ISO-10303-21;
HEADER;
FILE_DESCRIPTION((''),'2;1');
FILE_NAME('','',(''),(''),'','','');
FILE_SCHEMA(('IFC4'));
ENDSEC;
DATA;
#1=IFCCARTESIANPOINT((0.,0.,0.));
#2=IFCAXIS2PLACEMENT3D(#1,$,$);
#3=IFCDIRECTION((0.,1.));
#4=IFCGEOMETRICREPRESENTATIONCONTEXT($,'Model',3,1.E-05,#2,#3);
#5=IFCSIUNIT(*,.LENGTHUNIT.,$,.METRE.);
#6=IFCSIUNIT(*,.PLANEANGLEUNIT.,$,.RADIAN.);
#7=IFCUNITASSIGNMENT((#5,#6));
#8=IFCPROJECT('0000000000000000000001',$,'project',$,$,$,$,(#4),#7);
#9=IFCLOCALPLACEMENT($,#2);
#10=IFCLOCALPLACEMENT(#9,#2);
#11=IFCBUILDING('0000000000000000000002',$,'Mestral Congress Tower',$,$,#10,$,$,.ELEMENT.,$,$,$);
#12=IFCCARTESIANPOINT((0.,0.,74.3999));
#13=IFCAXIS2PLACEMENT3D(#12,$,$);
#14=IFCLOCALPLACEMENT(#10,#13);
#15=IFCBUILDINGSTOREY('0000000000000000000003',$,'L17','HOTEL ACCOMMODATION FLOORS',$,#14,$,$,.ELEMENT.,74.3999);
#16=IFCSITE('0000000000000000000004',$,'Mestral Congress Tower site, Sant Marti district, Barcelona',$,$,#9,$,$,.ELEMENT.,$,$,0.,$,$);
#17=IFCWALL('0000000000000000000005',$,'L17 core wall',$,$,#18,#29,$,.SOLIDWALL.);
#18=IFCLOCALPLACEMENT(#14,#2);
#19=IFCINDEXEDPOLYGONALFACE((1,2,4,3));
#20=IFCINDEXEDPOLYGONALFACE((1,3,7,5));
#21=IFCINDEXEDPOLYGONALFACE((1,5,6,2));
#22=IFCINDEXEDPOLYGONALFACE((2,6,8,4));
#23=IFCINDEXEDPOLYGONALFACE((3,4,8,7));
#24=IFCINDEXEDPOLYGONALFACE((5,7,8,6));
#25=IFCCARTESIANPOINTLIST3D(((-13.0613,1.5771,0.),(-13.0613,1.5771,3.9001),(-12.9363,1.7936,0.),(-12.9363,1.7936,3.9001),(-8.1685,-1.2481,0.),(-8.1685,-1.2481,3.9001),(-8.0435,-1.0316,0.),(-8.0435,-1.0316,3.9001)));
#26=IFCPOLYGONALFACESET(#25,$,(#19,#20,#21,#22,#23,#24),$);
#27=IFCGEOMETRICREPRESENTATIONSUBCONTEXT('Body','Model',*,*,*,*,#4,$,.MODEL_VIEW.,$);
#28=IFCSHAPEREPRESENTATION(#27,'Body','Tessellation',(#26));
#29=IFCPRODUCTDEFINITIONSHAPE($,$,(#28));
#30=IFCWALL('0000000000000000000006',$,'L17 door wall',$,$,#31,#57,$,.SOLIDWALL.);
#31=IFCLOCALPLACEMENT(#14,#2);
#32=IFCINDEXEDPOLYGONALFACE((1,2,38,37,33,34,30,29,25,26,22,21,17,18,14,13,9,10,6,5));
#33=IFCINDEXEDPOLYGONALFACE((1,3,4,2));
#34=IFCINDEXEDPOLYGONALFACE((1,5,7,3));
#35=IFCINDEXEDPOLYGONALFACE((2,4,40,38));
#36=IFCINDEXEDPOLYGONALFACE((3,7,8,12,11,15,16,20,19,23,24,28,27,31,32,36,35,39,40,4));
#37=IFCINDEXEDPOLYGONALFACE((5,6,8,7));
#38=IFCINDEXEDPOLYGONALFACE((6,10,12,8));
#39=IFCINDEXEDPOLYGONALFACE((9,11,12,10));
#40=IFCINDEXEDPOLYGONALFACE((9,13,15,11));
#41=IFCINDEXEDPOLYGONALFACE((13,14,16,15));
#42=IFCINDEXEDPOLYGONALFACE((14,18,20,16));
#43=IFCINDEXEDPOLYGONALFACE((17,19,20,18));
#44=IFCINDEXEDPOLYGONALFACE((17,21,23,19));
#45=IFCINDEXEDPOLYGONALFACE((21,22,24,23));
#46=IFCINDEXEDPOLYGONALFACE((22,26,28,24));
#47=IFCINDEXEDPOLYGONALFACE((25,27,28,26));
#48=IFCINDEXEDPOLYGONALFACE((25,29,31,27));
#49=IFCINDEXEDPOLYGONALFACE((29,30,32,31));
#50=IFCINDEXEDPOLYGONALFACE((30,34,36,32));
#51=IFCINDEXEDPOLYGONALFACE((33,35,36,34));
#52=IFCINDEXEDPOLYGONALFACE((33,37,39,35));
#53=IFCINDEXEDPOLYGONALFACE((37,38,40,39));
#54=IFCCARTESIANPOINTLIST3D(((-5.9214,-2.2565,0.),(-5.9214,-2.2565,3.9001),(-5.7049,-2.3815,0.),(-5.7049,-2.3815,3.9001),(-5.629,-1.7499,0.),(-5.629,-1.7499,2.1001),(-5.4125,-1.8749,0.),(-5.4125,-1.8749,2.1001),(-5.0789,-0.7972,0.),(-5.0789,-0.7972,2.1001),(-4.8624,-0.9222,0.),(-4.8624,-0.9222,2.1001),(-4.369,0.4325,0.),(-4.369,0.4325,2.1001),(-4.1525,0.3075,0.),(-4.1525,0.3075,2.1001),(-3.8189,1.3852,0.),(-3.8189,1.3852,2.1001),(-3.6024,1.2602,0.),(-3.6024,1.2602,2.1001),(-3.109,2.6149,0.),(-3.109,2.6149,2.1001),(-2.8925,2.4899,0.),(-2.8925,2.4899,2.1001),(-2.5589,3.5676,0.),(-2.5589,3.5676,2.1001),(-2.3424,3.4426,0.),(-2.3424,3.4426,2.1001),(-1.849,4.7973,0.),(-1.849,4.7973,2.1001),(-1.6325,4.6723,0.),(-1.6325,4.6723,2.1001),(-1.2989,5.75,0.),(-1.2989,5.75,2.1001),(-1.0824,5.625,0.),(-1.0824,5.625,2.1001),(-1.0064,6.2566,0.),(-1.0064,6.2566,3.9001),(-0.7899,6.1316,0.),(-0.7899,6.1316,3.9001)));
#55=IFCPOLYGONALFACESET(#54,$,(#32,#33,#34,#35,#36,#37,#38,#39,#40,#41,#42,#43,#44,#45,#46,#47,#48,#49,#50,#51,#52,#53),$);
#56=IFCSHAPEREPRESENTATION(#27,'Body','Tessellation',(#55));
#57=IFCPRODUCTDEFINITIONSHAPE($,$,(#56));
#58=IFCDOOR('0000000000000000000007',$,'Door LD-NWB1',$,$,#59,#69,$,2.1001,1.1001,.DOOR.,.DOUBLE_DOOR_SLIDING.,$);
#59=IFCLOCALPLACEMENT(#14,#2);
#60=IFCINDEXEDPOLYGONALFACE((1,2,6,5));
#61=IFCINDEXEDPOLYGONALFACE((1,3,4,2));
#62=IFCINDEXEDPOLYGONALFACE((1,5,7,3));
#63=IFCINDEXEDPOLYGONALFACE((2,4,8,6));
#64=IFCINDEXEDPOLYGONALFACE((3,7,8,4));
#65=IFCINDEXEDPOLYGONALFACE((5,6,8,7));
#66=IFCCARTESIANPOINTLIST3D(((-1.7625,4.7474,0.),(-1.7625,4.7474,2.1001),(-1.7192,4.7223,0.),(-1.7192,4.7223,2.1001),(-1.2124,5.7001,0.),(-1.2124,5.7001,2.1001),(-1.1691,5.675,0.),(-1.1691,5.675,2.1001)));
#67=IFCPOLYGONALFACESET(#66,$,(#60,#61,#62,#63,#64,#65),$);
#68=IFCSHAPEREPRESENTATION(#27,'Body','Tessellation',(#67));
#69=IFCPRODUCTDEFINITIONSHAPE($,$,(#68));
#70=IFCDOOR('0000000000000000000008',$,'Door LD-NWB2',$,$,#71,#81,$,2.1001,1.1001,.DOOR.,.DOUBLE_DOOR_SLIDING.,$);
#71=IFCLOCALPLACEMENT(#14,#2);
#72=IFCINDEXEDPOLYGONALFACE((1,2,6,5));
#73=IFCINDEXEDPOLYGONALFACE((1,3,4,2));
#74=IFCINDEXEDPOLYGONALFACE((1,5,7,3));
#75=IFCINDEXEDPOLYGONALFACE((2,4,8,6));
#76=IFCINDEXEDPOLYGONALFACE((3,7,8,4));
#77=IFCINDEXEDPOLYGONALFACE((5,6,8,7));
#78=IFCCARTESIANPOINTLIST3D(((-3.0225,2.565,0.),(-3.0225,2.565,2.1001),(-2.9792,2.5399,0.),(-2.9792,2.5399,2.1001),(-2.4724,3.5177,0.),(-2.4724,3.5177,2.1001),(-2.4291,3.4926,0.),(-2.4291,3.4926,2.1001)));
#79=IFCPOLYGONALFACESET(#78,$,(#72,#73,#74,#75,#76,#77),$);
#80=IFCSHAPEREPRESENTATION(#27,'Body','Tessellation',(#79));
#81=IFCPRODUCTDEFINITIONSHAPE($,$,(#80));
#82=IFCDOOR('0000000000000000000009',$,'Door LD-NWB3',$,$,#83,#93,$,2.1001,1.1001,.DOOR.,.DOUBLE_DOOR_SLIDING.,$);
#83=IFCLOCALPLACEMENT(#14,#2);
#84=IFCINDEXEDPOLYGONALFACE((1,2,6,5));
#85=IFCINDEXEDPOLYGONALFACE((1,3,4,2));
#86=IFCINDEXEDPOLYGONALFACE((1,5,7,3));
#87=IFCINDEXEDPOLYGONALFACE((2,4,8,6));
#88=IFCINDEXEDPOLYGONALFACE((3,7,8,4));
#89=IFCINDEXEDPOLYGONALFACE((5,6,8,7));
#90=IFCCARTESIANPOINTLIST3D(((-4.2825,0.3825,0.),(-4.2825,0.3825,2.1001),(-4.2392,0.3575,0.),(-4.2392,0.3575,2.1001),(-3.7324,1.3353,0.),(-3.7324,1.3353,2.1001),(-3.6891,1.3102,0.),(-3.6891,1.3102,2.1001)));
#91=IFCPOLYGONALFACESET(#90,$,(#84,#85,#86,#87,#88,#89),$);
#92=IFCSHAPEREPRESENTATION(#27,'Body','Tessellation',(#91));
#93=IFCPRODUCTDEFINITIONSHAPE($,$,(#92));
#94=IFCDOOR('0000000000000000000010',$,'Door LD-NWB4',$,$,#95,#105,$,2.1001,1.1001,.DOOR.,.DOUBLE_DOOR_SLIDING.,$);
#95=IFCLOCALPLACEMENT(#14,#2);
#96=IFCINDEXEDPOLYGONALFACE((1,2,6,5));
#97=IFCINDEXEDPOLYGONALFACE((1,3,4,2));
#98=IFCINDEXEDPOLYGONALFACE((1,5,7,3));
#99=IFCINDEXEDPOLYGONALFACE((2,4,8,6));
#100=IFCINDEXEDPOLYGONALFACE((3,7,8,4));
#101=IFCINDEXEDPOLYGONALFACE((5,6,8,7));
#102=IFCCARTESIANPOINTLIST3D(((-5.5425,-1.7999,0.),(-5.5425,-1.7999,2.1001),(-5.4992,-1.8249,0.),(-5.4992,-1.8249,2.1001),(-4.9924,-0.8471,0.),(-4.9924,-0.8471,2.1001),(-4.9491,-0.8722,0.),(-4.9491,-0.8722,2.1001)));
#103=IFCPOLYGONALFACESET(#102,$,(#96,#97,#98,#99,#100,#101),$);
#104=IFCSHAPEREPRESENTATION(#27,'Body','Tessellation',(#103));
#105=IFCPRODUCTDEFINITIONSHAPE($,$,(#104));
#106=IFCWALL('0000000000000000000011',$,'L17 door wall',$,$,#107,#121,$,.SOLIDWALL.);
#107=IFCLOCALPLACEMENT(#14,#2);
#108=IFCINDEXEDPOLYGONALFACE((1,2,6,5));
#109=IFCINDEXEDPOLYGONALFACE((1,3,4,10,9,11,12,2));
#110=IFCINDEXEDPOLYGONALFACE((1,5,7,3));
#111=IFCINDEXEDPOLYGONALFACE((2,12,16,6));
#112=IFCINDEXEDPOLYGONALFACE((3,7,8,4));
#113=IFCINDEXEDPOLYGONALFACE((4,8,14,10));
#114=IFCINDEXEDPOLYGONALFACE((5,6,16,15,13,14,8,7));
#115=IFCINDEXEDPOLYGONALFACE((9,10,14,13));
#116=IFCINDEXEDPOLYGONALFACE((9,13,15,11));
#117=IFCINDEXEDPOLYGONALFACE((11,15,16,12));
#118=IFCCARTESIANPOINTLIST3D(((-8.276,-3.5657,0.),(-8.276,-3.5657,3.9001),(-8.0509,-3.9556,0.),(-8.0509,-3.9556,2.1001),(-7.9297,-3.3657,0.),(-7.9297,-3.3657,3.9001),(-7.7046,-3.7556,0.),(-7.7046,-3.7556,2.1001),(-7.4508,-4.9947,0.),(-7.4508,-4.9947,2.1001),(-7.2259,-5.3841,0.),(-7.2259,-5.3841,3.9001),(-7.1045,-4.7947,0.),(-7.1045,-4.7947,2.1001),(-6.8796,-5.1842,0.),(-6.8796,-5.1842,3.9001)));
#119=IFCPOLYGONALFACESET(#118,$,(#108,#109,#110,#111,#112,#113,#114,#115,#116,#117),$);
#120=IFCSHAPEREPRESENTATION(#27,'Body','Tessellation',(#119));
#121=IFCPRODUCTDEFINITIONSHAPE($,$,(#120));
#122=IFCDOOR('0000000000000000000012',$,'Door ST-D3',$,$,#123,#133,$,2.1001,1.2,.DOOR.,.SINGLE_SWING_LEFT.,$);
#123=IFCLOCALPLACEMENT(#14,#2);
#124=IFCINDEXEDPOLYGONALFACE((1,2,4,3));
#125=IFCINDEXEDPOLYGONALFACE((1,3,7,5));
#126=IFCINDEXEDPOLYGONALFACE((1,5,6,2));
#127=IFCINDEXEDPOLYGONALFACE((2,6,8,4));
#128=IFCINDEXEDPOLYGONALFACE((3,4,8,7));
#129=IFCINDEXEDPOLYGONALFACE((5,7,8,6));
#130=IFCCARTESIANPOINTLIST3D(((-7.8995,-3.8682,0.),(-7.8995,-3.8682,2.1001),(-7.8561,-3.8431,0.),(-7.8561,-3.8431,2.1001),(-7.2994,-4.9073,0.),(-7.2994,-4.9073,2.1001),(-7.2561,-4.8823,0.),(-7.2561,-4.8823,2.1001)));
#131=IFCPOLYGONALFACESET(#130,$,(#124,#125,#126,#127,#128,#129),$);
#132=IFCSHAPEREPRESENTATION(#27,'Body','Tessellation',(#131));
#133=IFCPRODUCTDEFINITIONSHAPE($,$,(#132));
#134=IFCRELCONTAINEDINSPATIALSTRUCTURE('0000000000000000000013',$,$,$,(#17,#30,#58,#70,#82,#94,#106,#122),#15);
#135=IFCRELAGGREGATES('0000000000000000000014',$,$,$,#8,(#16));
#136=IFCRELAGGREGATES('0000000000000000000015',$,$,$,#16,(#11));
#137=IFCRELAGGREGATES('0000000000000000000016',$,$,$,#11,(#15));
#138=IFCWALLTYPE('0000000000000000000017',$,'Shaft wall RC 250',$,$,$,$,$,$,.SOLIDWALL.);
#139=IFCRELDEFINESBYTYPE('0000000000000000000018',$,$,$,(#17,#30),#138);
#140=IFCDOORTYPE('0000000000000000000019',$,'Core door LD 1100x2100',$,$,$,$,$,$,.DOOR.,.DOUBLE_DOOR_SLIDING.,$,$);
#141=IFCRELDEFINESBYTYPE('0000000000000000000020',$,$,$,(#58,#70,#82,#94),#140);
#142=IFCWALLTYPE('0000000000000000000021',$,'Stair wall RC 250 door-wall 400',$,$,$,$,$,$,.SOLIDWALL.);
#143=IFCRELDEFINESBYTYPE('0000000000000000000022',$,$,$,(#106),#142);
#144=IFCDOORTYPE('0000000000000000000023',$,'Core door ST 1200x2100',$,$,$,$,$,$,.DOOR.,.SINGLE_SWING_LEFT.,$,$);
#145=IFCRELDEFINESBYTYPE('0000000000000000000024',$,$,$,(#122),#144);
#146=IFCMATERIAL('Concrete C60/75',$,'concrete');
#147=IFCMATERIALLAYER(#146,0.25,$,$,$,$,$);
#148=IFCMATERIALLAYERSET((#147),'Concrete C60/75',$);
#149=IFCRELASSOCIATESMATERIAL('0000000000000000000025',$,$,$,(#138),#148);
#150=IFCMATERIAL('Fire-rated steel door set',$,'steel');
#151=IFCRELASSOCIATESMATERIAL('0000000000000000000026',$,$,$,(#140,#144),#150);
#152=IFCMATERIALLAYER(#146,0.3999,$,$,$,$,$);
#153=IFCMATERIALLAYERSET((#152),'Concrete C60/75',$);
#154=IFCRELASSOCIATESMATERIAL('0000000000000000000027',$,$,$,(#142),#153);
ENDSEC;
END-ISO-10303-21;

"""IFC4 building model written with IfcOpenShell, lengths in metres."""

from ifc_helpers import new_model, si_unit, direction, frame, frame_2d, origin, place, context, subcontext, project, spatial, rectangle, extrude, material, layer, layer_set, type_object, element, fill, save


model = new_model("IFC4")

# Units and contexts
model_context = context("Model", 3, precision=1e-05, world=origin(), true_north=direction((0.0, 1.0)))
body_context = subcontext(model_context, "Body", "Model", "MODEL_VIEW")
ifc_project = project(units=[si_unit("LENGTHUNIT", "METRE"), si_unit("PLANEANGLEUNIT", "RADIAN")], contexts=[model_context])

# Site, building, storey
site_placement = place(None, origin())
site = spatial("IfcSite", under=ifc_project, at=site_placement, Name="Mestral Congress Tower site, Sant Marti district, Barcelona", CompositionType="ELEMENT", RefElevation=0.0)
building_placement = place(site_placement, origin())
building = spatial("IfcBuilding", under=site, at=building_placement, Name="Mestral Congress Tower", CompositionType="ELEMENT")
storey_placement = place(building_placement, frame((0.0, 0.0, 74.3999)))
storey = spatial("IfcBuildingStorey", under=building, at=storey_placement, Name="L17", Description="HOTEL ACCOMMODATION FLOORS", CompositionType="ELEMENT", Elevation=74.3999)

# Shared definitions
ifc_material_1 = material(Name="Fire-rated steel door set", Category="steel")

# Wall
ifc_material_2 = material(Name="Concrete C60/75", Category="concrete")
ifc_layer_1 = layer(ifc_material_2, 0.25)
ifc_layer_set_1 = layer_set([ifc_layer_1], Name="Concrete C60/75")
wall_type_1 = type_object("IfcWallType", Name="Shaft wall RC 250", PredefinedType="SOLIDWALL", material=ifc_layer_set_1)
wall_1_placement = place(storey_placement, frame((-8.106, -1.1399, 0.0), z_axis=(0.0, 0.0, 1.0), x_axis=(-0.866001, 0.500043, 0.0)))
element("IfcWall", 1, at=wall_1_placement, inside=storey, type_object=wall_type_1, Name="L17 core wall", PredefinedType="SOLIDWALL", context=body_context, shape_type="SweptSolid", body=[
    extrude(rectangle(XDim=5.6499, YDim=0.25, at=frame_2d((2.825, 0.0))), origin(), (0.0, 0.0, 1.0), 3.9001),
])

# Wall, openings, doors
wall_2_placement = place(storey_placement, frame((-0.8982, 6.1941, 0.0), z_axis=(0.0, 0.0, 1.0), x_axis=(-0.499996, -0.866028, 0.0)))
wall_2 = element("IfcWall", 2, at=wall_2_placement, inside=storey, type_object=wall_type_1, Name="L17 door wall", PredefinedType="SOLIDWALL", context=body_context, shape_type="SweptSolid", body=[
    extrude(rectangle(XDim=9.8301, YDim=0.25, at=frame_2d((4.915, 0.0))), origin(), (0.0, 0.0, 1.0), 3.9001),
])
opening_1_placement = place(wall_2_placement, frame((0.585, 0.0, 0.0)))
opening_1 = element("IfcOpeningElement", 3, at=opening_1_placement, cuts=wall_2, PredefinedType="OPENING", context=body_context, shape_type="SweptSolid", body=[
    extrude(rectangle(XDim=1.1001, YDim=2.1001, at=frame_2d((0.55, 1.05))), frame((0.0, 0.135, 0.0), z_axis=(0.0, -1.0, 0.0), x_axis=(1.0, 0.0, 0.0)), (0.0, 0.0, 1.0), 0.27),
])
opening_2_placement = place(wall_2_placement, frame((3.105, 0.0, 0.0)))
opening_2 = element("IfcOpeningElement", 4, at=opening_2_placement, cuts=wall_2, PredefinedType="OPENING", context=body_context, shape_type="SweptSolid", body=[
    extrude(rectangle(XDim=1.1001, YDim=2.1001, at=frame_2d((0.55, 1.05))), frame((0.0, 0.135, 0.0), z_axis=(0.0, -1.0, 0.0), x_axis=(1.0, 0.0, 0.0)), (0.0, 0.0, 1.0), 0.27),
])
opening_3_placement = place(wall_2_placement, frame((5.625, 0.0, 0.0)))
opening_3 = element("IfcOpeningElement", 5, at=opening_3_placement, cuts=wall_2, PredefinedType="OPENING", context=body_context, shape_type="SweptSolid", body=[
    extrude(rectangle(XDim=1.1001, YDim=2.1001, at=frame_2d((0.55, 1.05))), frame((0.0, 0.135, 0.0), z_axis=(0.0, -1.0, 0.0), x_axis=(1.0, 0.0, 0.0)), (0.0, 0.0, 1.0), 0.27),
])
opening_4_placement = place(wall_2_placement, frame((8.145, 0.0, 0.0)))
opening_4 = element("IfcOpeningElement", 6, at=opening_4_placement, cuts=wall_2, PredefinedType="OPENING", context=body_context, shape_type="SweptSolid", body=[
    extrude(rectangle(XDim=1.1001, YDim=2.1001, at=frame_2d((0.55, 1.05))), frame((0.0, 0.135, 0.0), z_axis=(0.0, -1.0, 0.0), x_axis=(1.0, 0.0, 0.0)), (0.0, 0.0, 1.0), 0.27),
])
door_type_1 = type_object("IfcDoorType", Name="Core door LD 1100x2100", OperationType="DOUBLE_DOOR_SLIDING", PredefinedType="DOOR", material=ifc_material_1)
door_1_placement = place(opening_1_placement, origin())
door_1 = element("IfcDoor", 7, at=door_1_placement, inside=storey, type_object=door_type_1, Name="Door LD-NWB1", OperationType="DOUBLE_DOOR_SLIDING", OverallHeight=2.1001, OverallWidth=1.1001, PredefinedType="DOOR", context=body_context, shape_type="SweptSolid", body=[
    extrude(rectangle(XDim=1.1001, YDim=2.1001, at=frame_2d((0.55, 1.05))), frame((0.0, 0.0249, 0.0), z_axis=(0.0, -1.0, 0.0), x_axis=(1.0, 0.0, 0.0)), (0.0, 0.0, 1.0), 0.05),
])
fill(opening_1, door_1)
door_2_placement = place(opening_2_placement, origin())
door_2 = element("IfcDoor", 8, at=door_2_placement, inside=storey, type_object=door_type_1, Name="Door LD-NWB2", OperationType="DOUBLE_DOOR_SLIDING", OverallHeight=2.1001, OverallWidth=1.1001, PredefinedType="DOOR", context=body_context, shape_type="SweptSolid", body=[
    extrude(rectangle(XDim=1.1001, YDim=2.1001, at=frame_2d((0.55, 1.05))), frame((0.0, 0.0249, 0.0), z_axis=(0.0, -1.0, 0.0), x_axis=(1.0, 0.0, 0.0)), (0.0, 0.0, 1.0), 0.05),
])
fill(opening_2, door_2)
door_3_placement = place(opening_3_placement, origin())
door_3 = element("IfcDoor", 9, at=door_3_placement, inside=storey, type_object=door_type_1, Name="Door LD-NWB3", OperationType="DOUBLE_DOOR_SLIDING", OverallHeight=2.1001, OverallWidth=1.1001, PredefinedType="DOOR", context=body_context, shape_type="SweptSolid", body=[
    extrude(rectangle(XDim=1.1001, YDim=2.1001, at=frame_2d((0.55, 1.05))), frame((0.0, 0.0249, 0.0), z_axis=(0.0, -1.0, 0.0), x_axis=(1.0, 0.0, 0.0)), (0.0, 0.0, 1.0), 0.05),
])
fill(opening_3, door_3)
door_4_placement = place(opening_4_placement, origin())
door_4 = element("IfcDoor", 10, at=door_4_placement, inside=storey, type_object=door_type_1, Name="Door LD-NWB4", OperationType="DOUBLE_DOOR_SLIDING", OverallHeight=2.1001, OverallWidth=1.1001, PredefinedType="DOOR", context=body_context, shape_type="SweptSolid", body=[
    extrude(rectangle(XDim=1.1001, YDim=2.1001, at=frame_2d((0.55, 1.05))), frame((0.0, 0.0249, 0.0), z_axis=(0.0, -1.0, 0.0), x_axis=(1.0, 0.0, 0.0)), (0.0, 0.0, 1.0), 0.05),
])
fill(opening_4, door_4)

# Wall, opening, door
ifc_layer_2 = layer(ifc_material_2, 0.3999)
ifc_layer_set_2 = layer_set([ifc_layer_2], Name="Concrete C60/75")
wall_type_2 = type_object("IfcWallType", Name="Stair wall RC 250 door-wall 400", PredefinedType="SOLIDWALL", material=ifc_layer_set_2)
wall_3_placement = place(storey_placement, frame((-8.1028, -3.4658, 0.0), z_axis=(0.0, 0.0, 1.0), x_axis=(0.500078, -0.86598, 0.0)))
wall_3 = element("IfcWall", 11, at=wall_3_placement, inside=storey, type_object=wall_type_2, Name="L17 door wall", PredefinedType="SOLIDWALL", context=body_context, shape_type="SweptSolid", body=[
    extrude(rectangle(XDim=2.0999, YDim=0.3999, at=frame_2d((1.0498, 0.0))), origin(), (0.0, 0.0, 1.0), 3.9001),
])
opening_5_placement = place(wall_3_placement, frame((0.45, 0.0, 0.0)))
opening_5 = element("IfcOpeningElement", 12, at=opening_5_placement, cuts=wall_3, PredefinedType="OPENING", context=body_context, shape_type="SweptSolid", body=[
    extrude(rectangle(XDim=1.2, YDim=2.1001, at=frame_2d((0.6001, 1.05))), frame((0.0, 0.21, 0.0), z_axis=(0.0, -1.0, 0.0), x_axis=(1.0, 0.0, 0.0)), (0.0, 0.0, 1.0), 0.4199),
])
door_type_2 = type_object("IfcDoorType", Name="Core door ST 1200x2100", OperationType="SINGLE_SWING_LEFT", PredefinedType="DOOR", material=ifc_material_1)
door_5_placement = place(opening_5_placement, origin())
door_5 = element("IfcDoor", 13, at=door_5_placement, inside=storey, type_object=door_type_2, Name="Door ST-D3", OperationType="SINGLE_SWING_LEFT", OverallHeight=2.1001, OverallWidth=1.2, PredefinedType="DOOR", context=body_context, shape_type="SweptSolid", body=[
    extrude(rectangle(XDim=1.2, YDim=2.1001, at=frame_2d((0.6001, 1.05))), frame((0.0, 0.0249, 0.0), z_axis=(0.0, -1.0, 0.0), x_axis=(1.0, 0.0, 0.0)), (0.0, 0.0, 1.0), 0.05),
])
fill(opening_5, door_5)

save(model, "model.ifc")
